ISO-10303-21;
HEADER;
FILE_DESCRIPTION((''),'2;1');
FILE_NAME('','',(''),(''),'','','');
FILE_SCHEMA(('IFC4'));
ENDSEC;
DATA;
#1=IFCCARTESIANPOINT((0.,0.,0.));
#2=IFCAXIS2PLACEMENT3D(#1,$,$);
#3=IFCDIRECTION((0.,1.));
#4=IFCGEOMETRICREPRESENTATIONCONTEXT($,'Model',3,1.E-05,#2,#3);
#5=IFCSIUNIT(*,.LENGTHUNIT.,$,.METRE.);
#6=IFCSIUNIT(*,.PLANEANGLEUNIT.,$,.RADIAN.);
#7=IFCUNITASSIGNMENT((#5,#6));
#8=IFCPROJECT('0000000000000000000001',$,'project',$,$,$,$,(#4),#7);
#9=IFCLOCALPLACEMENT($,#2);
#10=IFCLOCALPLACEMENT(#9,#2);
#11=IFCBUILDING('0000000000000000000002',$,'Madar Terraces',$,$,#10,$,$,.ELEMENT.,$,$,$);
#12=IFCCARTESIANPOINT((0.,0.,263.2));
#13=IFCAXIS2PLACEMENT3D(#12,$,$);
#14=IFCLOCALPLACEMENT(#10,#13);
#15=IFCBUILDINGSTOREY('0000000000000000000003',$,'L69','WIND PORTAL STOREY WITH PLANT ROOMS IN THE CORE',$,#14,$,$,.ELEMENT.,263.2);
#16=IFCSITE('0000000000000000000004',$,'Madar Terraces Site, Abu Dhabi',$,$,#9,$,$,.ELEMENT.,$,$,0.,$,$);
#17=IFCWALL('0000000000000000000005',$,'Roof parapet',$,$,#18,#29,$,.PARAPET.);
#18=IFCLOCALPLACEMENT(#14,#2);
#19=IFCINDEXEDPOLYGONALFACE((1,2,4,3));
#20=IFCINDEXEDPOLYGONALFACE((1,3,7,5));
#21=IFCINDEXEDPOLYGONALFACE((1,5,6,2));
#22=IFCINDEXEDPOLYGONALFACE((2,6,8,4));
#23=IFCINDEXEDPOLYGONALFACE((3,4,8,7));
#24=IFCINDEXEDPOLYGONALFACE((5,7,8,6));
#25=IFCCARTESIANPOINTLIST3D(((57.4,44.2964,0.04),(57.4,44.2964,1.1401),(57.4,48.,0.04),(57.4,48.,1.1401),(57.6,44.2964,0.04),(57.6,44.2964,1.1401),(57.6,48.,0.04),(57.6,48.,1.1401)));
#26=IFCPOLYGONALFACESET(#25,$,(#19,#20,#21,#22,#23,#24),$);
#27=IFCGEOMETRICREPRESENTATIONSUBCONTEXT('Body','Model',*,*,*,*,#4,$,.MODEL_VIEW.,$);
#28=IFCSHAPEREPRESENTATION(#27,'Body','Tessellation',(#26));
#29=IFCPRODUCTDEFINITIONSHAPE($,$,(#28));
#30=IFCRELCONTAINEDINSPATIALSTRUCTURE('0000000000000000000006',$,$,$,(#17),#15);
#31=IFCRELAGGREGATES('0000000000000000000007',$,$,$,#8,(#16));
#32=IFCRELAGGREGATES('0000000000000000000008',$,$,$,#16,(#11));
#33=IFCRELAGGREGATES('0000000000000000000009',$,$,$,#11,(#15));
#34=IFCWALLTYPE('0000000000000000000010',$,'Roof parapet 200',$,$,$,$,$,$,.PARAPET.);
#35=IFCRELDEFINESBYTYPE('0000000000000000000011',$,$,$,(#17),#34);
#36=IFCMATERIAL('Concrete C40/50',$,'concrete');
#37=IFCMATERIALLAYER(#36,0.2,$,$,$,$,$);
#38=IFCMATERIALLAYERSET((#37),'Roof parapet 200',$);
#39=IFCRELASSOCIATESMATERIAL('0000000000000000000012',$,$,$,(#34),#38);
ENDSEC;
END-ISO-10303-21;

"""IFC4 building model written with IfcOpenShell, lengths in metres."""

from ifc_helpers import new_model, si_unit, direction, frame, frame_2d, origin, place, context, subcontext, project, spatial, rectangle, extrude, material, layer, layer_set, type_object, element, save


model = new_model("IFC4")

# Units and contexts
model_context = context("Model", 3, precision=1e-05, world=origin(), true_north=direction((0.0, 1.0)))
body_context = subcontext(model_context, "Body", "Model", "MODEL_VIEW")
ifc_project = project(units=[si_unit("LENGTHUNIT", "METRE"), si_unit("PLANEANGLEUNIT", "RADIAN")], contexts=[model_context])

# Site, building, storey
site_placement = place(None, origin())
site = spatial("IfcSite", under=ifc_project, at=site_placement, Name="Madar Terraces Site, Abu Dhabi", CompositionType="ELEMENT", RefElevation=0.0)
building_placement = place(site_placement, origin())
building = spatial("IfcBuilding", under=site, at=building_placement, Name="Madar Terraces", CompositionType="ELEMENT")
storey_placement = place(building_placement, frame((0.0, 0.0, 263.2)))
storey = spatial("IfcBuildingStorey", under=building, at=storey_placement, Name="L69", Description="WIND PORTAL STOREY WITH PLANT ROOMS IN THE CORE", CompositionType="ELEMENT", Elevation=263.2)

# Wall
ifc_material_1 = material(Name="Concrete C40/50", Category="concrete")
ifc_layer_1 = layer(ifc_material_1, 0.2)
ifc_layer_set_1 = layer_set([ifc_layer_1], Name="Roof parapet 200")
wall_type_1 = type_object("IfcWallType", Name="Roof parapet 200", PredefinedType="PARAPET", material=ifc_layer_set_1)
wall_1_placement = place(storey_placement, frame((57.5, 44.2964, 0.04), z_axis=(0.0, 0.0, 1.0), x_axis=(0.0, 1.0, 0.0)))
element("IfcWall", 1, at=wall_1_placement, inside=storey, type_object=wall_type_1, Name="Roof parapet", PredefinedType="PARAPET", context=body_context, shape_type="SweptSolid", body=[
    extrude(rectangle(XDim=3.7036, YDim=0.2, at=frame_2d((1.8518, 0.0))), origin(), (0.0, 0.0, 1.0), 1.1001),
])

save(model, "model.ifc")
